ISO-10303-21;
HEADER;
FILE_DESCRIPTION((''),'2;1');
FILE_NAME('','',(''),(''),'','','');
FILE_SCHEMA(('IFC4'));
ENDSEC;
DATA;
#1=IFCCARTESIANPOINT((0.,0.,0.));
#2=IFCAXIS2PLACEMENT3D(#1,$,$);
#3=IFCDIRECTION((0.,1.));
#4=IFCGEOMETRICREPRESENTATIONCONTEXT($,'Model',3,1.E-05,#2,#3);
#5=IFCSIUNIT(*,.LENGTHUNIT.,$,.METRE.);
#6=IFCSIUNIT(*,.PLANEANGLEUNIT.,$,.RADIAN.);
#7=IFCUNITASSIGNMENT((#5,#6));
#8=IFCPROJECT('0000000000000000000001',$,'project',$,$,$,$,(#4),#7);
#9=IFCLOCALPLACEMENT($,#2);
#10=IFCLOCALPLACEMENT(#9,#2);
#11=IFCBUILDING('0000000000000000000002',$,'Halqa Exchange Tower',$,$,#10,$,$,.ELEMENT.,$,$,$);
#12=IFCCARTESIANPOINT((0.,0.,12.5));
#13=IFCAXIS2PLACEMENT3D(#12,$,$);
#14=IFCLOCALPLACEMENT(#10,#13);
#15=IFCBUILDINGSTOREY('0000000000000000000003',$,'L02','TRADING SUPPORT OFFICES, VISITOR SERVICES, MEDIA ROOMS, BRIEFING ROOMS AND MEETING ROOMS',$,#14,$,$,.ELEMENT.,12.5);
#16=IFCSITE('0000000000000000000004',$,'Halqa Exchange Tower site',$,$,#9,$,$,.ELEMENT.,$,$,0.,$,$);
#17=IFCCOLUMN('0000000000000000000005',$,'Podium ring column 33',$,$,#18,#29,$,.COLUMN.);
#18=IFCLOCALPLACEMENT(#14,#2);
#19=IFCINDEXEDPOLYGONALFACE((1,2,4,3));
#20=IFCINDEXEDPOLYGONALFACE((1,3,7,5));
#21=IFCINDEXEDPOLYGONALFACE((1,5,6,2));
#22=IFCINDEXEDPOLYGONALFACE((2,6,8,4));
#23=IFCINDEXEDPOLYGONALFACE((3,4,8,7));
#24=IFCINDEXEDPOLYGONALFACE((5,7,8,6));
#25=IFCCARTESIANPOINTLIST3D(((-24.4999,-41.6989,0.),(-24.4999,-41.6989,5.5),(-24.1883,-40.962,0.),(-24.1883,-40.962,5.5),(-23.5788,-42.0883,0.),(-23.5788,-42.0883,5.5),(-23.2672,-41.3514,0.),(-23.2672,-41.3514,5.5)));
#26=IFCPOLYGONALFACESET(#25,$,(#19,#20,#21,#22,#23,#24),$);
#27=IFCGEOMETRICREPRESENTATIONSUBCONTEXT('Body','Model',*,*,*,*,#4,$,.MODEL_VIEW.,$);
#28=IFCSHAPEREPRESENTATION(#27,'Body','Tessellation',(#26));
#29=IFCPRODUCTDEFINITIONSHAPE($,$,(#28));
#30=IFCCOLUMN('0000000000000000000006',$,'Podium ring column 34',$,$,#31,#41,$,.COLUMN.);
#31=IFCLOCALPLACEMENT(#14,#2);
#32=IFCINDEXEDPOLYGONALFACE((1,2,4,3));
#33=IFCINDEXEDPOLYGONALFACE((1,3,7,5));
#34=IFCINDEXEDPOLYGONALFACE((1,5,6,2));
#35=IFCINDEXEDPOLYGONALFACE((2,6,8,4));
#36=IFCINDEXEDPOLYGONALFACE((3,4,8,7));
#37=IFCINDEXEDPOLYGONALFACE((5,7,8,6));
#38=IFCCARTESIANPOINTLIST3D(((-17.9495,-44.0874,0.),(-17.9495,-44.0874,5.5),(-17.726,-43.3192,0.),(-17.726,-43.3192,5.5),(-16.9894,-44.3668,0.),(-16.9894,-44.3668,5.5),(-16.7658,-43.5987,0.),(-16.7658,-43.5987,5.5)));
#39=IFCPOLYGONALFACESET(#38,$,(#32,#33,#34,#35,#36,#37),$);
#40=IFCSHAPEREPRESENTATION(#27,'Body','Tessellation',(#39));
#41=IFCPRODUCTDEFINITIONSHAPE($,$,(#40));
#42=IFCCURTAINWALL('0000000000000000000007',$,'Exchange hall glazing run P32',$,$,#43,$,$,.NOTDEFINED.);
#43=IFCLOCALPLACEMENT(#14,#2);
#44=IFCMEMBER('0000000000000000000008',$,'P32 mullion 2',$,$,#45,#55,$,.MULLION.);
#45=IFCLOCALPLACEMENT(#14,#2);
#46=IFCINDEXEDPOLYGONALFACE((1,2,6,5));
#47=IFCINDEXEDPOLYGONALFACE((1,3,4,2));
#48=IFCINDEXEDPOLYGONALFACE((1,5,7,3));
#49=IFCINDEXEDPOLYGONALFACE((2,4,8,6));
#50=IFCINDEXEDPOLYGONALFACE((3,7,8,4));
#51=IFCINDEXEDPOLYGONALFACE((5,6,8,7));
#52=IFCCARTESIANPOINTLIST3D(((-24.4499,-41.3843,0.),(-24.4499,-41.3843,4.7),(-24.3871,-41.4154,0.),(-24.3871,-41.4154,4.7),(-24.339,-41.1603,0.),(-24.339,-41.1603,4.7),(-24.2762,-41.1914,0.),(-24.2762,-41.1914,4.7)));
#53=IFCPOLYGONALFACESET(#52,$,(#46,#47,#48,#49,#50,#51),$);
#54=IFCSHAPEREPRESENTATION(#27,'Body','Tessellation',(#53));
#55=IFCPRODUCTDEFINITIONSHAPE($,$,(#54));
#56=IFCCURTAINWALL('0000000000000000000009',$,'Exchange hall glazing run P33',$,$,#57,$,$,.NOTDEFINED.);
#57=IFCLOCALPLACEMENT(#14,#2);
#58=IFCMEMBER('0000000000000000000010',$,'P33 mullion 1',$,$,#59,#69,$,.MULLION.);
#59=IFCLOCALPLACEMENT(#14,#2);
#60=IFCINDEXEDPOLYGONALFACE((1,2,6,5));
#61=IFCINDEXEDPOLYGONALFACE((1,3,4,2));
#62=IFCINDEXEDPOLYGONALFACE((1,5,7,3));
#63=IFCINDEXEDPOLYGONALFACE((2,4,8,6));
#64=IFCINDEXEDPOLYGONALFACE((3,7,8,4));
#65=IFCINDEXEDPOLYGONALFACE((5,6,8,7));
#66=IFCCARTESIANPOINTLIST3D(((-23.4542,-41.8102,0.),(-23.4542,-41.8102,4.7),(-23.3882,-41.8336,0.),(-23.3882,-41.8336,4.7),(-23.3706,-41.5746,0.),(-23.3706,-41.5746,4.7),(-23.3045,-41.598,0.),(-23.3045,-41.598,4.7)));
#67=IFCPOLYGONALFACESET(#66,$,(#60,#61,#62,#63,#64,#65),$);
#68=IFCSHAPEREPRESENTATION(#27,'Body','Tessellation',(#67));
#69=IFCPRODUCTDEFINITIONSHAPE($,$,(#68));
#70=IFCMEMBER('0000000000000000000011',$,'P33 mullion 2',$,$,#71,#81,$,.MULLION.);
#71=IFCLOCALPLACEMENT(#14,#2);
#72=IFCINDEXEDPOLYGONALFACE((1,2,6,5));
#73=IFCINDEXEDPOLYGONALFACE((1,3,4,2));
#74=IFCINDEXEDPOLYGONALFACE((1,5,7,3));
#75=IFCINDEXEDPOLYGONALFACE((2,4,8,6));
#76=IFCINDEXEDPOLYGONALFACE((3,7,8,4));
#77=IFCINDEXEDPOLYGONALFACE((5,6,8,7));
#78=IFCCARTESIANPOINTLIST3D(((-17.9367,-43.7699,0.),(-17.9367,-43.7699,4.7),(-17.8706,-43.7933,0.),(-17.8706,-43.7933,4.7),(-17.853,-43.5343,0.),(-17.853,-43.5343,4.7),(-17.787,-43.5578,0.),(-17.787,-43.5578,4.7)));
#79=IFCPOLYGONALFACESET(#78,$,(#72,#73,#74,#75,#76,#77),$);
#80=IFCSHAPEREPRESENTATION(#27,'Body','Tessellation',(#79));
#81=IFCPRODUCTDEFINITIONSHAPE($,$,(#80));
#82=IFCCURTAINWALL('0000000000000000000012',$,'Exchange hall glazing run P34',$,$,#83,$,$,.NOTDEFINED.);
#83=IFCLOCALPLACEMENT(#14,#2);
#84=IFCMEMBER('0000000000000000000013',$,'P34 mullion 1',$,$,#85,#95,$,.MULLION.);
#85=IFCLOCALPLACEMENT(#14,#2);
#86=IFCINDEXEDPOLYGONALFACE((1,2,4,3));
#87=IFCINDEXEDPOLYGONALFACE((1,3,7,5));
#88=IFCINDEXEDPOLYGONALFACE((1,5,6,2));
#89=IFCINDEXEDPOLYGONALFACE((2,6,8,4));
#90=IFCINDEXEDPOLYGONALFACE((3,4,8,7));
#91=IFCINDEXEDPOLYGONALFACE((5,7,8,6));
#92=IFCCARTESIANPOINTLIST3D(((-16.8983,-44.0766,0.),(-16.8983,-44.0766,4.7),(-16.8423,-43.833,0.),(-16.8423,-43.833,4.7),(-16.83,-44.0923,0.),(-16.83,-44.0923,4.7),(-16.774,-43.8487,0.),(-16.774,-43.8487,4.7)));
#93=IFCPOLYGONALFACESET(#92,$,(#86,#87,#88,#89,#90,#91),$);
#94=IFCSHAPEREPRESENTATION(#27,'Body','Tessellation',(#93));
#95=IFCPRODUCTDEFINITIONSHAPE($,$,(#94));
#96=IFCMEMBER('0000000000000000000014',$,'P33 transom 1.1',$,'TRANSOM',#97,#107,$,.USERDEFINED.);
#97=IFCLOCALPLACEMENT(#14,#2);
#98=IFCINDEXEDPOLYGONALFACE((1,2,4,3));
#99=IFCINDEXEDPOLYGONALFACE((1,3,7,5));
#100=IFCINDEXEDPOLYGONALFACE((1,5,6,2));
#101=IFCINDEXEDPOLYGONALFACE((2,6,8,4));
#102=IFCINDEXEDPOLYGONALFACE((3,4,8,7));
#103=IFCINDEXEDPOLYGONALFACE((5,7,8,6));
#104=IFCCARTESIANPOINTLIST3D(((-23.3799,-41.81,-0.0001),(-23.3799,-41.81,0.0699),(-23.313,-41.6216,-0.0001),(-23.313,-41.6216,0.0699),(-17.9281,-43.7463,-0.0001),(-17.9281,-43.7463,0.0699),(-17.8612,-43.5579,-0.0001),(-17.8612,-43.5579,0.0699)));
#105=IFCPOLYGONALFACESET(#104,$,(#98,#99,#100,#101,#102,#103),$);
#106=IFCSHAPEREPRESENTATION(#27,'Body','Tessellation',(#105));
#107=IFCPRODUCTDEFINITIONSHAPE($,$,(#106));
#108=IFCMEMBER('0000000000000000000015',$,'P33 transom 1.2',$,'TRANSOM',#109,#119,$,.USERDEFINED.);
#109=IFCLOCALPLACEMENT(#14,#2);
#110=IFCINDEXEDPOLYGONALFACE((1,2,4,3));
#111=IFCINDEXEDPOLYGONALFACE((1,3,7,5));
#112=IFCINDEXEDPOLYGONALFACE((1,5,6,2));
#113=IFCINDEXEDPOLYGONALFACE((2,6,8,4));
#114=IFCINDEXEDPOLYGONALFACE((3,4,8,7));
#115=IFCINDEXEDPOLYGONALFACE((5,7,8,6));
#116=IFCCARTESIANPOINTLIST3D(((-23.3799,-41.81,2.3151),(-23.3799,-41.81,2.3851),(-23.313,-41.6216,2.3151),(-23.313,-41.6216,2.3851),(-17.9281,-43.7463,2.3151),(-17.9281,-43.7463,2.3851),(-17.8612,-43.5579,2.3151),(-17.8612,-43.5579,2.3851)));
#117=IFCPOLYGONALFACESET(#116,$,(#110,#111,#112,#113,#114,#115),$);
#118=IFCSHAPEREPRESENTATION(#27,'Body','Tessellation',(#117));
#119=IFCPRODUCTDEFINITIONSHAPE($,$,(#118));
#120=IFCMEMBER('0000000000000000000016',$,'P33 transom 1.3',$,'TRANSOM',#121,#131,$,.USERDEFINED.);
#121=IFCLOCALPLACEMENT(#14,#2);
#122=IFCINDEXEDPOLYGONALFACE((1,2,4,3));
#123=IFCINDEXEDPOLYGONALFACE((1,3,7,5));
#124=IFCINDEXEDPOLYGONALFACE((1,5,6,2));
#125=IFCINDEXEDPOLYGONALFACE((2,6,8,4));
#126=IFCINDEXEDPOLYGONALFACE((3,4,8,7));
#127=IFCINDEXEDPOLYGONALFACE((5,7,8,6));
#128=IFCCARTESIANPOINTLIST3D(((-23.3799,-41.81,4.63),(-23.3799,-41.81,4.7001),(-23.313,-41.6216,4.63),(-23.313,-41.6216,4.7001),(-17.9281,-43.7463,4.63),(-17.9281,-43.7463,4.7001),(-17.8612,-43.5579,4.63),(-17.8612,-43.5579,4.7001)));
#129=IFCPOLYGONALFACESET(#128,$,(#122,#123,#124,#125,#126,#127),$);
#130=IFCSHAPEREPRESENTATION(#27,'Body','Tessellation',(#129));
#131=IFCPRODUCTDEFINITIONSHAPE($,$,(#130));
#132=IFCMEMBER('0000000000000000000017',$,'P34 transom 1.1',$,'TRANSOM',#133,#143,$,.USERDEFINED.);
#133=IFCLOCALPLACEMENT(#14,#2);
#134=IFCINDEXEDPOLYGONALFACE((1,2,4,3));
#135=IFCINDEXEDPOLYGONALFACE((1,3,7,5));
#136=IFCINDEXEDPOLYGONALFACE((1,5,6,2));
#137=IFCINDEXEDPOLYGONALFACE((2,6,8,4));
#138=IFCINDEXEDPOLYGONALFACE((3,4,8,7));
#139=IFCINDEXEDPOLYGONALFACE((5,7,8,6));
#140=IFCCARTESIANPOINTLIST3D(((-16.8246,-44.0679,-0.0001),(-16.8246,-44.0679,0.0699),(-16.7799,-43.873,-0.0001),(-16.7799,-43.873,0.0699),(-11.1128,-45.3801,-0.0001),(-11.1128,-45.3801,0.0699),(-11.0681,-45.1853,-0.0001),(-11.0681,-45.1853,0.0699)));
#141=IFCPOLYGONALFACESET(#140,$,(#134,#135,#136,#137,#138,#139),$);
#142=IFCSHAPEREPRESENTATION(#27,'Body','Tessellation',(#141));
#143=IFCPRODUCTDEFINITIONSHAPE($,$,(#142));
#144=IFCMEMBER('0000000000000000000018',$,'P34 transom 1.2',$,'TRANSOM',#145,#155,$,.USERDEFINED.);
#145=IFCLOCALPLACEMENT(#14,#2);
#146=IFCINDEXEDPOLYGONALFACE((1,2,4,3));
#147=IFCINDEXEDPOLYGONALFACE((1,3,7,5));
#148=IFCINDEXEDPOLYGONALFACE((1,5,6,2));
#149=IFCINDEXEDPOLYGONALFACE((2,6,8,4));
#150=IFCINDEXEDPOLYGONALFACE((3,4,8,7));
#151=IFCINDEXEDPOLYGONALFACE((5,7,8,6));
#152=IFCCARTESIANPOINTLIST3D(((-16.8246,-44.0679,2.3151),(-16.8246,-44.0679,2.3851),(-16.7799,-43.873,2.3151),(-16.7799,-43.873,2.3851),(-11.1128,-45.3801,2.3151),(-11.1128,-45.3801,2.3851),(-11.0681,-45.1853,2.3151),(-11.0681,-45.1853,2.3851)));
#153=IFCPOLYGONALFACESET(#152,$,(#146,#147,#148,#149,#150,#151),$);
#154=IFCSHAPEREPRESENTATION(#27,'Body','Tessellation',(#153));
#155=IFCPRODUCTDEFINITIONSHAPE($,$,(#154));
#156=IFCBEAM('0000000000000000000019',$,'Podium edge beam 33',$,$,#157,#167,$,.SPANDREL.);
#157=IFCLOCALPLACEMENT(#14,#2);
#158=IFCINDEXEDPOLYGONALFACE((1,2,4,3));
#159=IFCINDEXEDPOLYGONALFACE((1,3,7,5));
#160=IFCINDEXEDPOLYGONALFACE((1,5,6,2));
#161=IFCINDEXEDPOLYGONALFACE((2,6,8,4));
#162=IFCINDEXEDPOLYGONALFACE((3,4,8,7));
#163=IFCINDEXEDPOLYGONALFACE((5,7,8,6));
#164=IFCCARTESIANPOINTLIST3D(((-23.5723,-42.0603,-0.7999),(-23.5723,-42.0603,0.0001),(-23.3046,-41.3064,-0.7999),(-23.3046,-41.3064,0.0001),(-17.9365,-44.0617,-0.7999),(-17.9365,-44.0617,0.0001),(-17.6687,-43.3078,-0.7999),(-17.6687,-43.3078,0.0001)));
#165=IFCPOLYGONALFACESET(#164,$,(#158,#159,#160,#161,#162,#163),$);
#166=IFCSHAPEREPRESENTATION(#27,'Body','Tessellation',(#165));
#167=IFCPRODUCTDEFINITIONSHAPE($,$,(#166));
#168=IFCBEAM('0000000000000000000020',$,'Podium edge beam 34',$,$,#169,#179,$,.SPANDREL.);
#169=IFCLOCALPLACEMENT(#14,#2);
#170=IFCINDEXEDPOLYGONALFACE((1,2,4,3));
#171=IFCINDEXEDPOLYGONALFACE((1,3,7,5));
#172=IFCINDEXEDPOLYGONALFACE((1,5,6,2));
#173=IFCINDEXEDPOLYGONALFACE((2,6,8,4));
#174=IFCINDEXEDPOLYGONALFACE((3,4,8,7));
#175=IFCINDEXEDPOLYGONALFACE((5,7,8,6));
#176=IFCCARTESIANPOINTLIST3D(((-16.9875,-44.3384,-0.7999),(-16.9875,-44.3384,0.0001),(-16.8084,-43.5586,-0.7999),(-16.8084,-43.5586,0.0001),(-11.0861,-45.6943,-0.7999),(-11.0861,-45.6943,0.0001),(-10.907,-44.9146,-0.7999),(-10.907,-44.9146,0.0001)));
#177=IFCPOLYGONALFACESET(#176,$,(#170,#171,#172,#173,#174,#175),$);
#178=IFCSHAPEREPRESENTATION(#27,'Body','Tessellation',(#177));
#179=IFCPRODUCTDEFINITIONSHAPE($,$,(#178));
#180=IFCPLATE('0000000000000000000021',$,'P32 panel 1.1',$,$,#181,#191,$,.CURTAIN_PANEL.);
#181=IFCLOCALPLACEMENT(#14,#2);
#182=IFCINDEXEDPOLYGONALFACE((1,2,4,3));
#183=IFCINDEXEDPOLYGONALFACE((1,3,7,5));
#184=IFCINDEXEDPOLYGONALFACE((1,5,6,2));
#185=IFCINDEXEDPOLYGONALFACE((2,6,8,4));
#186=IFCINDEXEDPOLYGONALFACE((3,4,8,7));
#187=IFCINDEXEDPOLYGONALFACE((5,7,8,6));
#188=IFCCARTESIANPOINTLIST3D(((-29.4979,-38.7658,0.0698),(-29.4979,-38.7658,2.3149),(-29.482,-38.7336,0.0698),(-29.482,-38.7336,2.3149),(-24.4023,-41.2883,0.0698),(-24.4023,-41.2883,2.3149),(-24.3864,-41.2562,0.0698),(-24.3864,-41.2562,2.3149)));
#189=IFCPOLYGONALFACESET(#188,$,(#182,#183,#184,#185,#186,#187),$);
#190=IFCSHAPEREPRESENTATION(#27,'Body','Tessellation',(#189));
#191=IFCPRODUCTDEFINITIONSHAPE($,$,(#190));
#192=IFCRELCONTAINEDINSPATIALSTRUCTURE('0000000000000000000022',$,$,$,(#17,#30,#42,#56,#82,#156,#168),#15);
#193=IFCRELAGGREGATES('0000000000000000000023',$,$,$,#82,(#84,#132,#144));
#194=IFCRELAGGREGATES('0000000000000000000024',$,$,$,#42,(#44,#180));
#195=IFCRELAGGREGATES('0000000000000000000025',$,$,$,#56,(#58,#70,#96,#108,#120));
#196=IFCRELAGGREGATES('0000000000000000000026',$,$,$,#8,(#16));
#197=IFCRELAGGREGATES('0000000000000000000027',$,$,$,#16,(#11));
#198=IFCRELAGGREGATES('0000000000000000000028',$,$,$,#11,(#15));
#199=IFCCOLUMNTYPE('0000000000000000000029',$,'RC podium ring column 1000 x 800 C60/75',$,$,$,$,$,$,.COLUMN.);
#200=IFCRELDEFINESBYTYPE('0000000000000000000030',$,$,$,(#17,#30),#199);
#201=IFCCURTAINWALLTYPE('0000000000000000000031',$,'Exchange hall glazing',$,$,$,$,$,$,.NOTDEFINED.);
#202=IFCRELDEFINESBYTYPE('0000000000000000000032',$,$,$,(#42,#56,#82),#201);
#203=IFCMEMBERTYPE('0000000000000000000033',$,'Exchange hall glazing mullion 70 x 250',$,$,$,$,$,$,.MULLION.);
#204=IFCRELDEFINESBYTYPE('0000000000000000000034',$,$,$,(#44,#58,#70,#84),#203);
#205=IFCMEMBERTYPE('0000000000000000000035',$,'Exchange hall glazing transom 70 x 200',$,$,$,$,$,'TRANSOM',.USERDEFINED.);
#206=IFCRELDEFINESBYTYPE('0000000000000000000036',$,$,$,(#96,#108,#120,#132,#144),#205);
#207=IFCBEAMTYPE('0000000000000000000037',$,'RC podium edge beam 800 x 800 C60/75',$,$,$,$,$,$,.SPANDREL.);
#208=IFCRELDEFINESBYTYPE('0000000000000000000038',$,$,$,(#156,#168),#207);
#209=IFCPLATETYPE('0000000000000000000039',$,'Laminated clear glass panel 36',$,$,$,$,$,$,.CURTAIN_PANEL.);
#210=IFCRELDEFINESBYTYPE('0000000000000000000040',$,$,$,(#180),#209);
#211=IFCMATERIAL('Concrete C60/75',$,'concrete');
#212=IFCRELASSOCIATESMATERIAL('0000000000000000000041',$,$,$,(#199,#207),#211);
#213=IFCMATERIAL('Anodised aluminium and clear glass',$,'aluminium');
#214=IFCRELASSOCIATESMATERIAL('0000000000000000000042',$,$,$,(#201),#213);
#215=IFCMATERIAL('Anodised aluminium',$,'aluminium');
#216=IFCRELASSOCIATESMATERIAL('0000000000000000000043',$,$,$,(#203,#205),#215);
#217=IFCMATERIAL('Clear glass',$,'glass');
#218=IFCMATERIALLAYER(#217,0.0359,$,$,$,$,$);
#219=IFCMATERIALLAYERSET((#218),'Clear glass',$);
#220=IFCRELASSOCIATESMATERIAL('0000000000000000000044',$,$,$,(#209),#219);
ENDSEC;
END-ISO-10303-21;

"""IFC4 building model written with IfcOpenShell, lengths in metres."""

from ifc_helpers import new_model, si_unit, direction, frame, origin, origin_2d, place, context, subcontext, project, spatial, rectangle, extrude, material, layer, layer_set, material_profile, profile_set, type_object, element, aggregate, save


model = new_model("IFC4")

# Units and contexts
model_context = context("Model", 3, precision=1e-05, world=origin(), true_north=direction((0.0, 1.0)))
body_context = subcontext(model_context, "Body", "Model", "MODEL_VIEW")
ifc_project = project(units=[si_unit("LENGTHUNIT", "METRE"), si_unit("PLANEANGLEUNIT", "RADIAN")], contexts=[model_context])

# Site, building, storey
site_placement = place(None, origin())
site = spatial("IfcSite", under=ifc_project, at=site_placement, Name="Halqa Exchange Tower site", CompositionType="ELEMENT", RefElevation=0.0)
building_placement = place(site_placement, origin())
building = spatial("IfcBuilding", under=site, at=building_placement, Name="Halqa Exchange Tower", CompositionType="ELEMENT")
storey_placement = place(building_placement, frame((0.0, 0.0, 12.5)))
storey = spatial("IfcBuildingStorey", under=building, at=storey_placement, Name="L02", Description="TRADING SUPPORT OFFICES, VISITOR SERVICES, MEDIA ROOMS, BRIEFING ROOMS AND MEETING ROOMS", CompositionType="ELEMENT", Elevation=12.5)

# Columns
ifc_material_1 = material(Name="Concrete C60/75", Category="concrete")
ifc_material_profile_1 = material_profile(ifc_material_1, rectangle(XDim=1.0, YDim=0.8, at=origin_2d()), Name="1000 x 800")
ifc_profile_set_1 = profile_set([ifc_material_profile_1], Name="Concrete C60/75")
column_type = type_object("IfcColumnType", Name="RC podium ring column 1000 x 800 C60/75", PredefinedType="COLUMN", material=ifc_profile_set_1)
for number, where, z_axis, x_axis, name in (
    (1, (-23.8835, -41.5251, 0.0), (0.0, 0.0, 1.0), (0.921048, -0.389449, 0.0), "Podium ring column 33"),
    (2, (-17.3577, -43.843, 0.0), (0.0, 0.0, 1.0), (0.960158, -0.279459, 0.0), "Podium ring column 34"),
):
    element("IfcColumn", number, at=place(storey_placement, frame(where, z_axis=z_axis, x_axis=x_axis)), inside=storey, type_object=column_type, Name=name, PredefinedType="COLUMN", context=body_context, shape_type="SweptSolid", body=[
        extrude(rectangle(XDim=1.0, YDim=0.8, at=origin_2d()), origin(), (0.0, 0.0, 1.0), 5.5),
    ])

# Curtain wall, member
ifc_material_2 = material(Name="Anodised aluminium and clear glass", Category="aluminium")
curtain_wall_type = type_object("IfcCurtainWallType", Name="Exchange hall glazing", PredefinedType="NOTDEFINED", material=ifc_material_2)
curtain_wall_1_placement = place(storey_placement, origin())
curtain_wall_1 = element("IfcCurtainWall", 3, at=curtain_wall_1_placement, inside=storey, type_object=curtain_wall_type, Name="Exchange hall glazing run P32", PredefinedType="NOTDEFINED")
ifc_material_3 = material(Name="Anodised aluminium", Category="aluminium")
ifc_material_profile_2 = material_profile(ifc_material_3, rectangle(XDim=0.25, YDim=0.0701, at=origin_2d()), Name="AL 70x250")
ifc_profile_set_2 = profile_set([ifc_material_profile_2], Name="Anodised aluminium")
member_type_1 = type_object("IfcMemberType", Name="Exchange hall glazing mullion 70 x 250", PredefinedType="MULLION", material=ifc_profile_set_2)
member_1_placement = place(storey_placement, frame((-24.363, -41.2878, 0.0), z_axis=(0.0, 0.0, 1.0), x_axis=(0.443653, 0.896198, 0.0)))
member_1 = element("IfcMember", 4, at=member_1_placement, type_object=member_type_1, Name="P32 mullion 2", PredefinedType="MULLION", context=body_context, shape_type="SweptSolid", body=[
    extrude(rectangle(XDim=0.25, YDim=0.0701, at=origin_2d()), origin(), (0.0, 0.0, 1.0), 4.7),
])

# Curtain wall, members
curtain_wall_2_placement = place(storey_placement, origin())
curtain_wall_2 = element("IfcCurtainWall", 5, at=curtain_wall_2_placement, inside=storey, type_object=curtain_wall_type, Name="Exchange hall glazing run P33", PredefinedType="NOTDEFINED")
member_2_placement = place(storey_placement, frame((-23.3794, -41.7041, 0.0), z_axis=(0.0, 0.0, 1.0), x_axis=(0.334688, 0.942329, 0.0)))
member_2 = element("IfcMember", 6, at=member_2_placement, type_object=member_type_1, Name="P33 mullion 1", PredefinedType="MULLION", context=body_context, shape_type="SweptSolid", body=[
    extrude(rectangle(XDim=0.25, YDim=0.0701, at=origin_2d()), origin(), (0.0, 0.0, 1.0), 4.7),
])
member_3_placement = place(storey_placement, frame((-17.8618, -43.6638, 0.0), z_axis=(0.0, 0.0, 1.0), x_axis=(0.334688, 0.942329, 0.0)))
member_3 = element("IfcMember", 7, at=member_3_placement, type_object=member_type_1, Name="P33 mullion 2", PredefinedType="MULLION", context=body_context, shape_type="SweptSolid", body=[
    extrude(rectangle(XDim=0.25, YDim=0.0701, at=origin_2d()), origin(), (0.0, 0.0, 1.0), 4.7),
])

# Curtain wall, member
curtain_wall_3_placement = place(storey_placement, origin())
curtain_wall_3 = element("IfcCurtainWall", 8, at=curtain_wall_3_placement, inside=storey, type_object=curtain_wall_type, Name="Exchange hall glazing run P34", PredefinedType="NOTDEFINED")
member_4_placement = place(storey_placement, frame((-16.8362, -43.9626, 0.0), z_axis=(0.0, 0.0, 1.0), x_axis=(0.223897, 0.974613, 0.0)))
member_4 = element("IfcMember", 9, at=member_4_placement, type_object=member_type_1, Name="P34 mullion 1", PredefinedType="MULLION", context=body_context, shape_type="SweptSolid", body=[
    extrude(rectangle(XDim=0.25, YDim=0.0701, at=origin_2d()), origin(), (0.0, 0.0, 1.0), 4.7),
])

# Members
ifc_material_profile_3 = material_profile(ifc_material_3, rectangle(XDim=0.2, YDim=0.0701, at=origin_2d()), Name="AL 70x200")
ifc_profile_set_3 = profile_set([ifc_material_profile_3], Name="Anodised aluminium")
member_type_2 = type_object("IfcMemberType", Name="Exchange hall glazing transom 70 x 200", ElementType="TRANSOM", PredefinedType="USERDEFINED", material=ifc_profile_set_3)
member_5_placement = place(storey_placement, frame((-23.3464, -41.7158, 0.0349), z_axis=(0.942329, -0.334689, 0.0), x_axis=(0.334689, 0.942329, 0.0)))
member_5 = element("IfcMember", 10, at=member_5_placement, type_object=member_type_2, Name="P33 transom 1.1", ObjectType="TRANSOM", PredefinedType="USERDEFINED", context=body_context, shape_type="SweptSolid", body=[
    extrude(rectangle(XDim=0.2, YDim=0.0701, at=origin_2d()), origin(), (0.0, 0.0, 1.0), 5.7854),
])
member_6_placement = place(storey_placement, frame((-23.3464, -41.7158, 2.3501), z_axis=(0.942329, -0.334689, 0.0), x_axis=(0.334689, 0.942329, 0.0)))
member_6 = element("IfcMember", 11, at=member_6_placement, type_object=member_type_2, Name="P33 transom 1.2", ObjectType="TRANSOM", PredefinedType="USERDEFINED", context=body_context, shape_type="SweptSolid", body=[
    extrude(rectangle(XDim=0.2, YDim=0.0701, at=origin_2d()), origin(), (0.0, 0.0, 1.0), 5.7854),
])
member_7_placement = place(storey_placement, frame((-23.3464, -41.7158, 4.665), z_axis=(0.942329, -0.334689, 0.0), x_axis=(0.334689, 0.942329, 0.0)))
member_7 = element("IfcMember", 12, at=member_7_placement, type_object=member_type_2, Name="P33 transom 1.3", ObjectType="TRANSOM", PredefinedType="USERDEFINED", context=body_context, shape_type="SweptSolid", body=[
    extrude(rectangle(XDim=0.2, YDim=0.0701, at=origin_2d()), origin(), (0.0, 0.0, 1.0), 5.7854),
])
member_8_placement = place(storey_placement, frame((-16.8022, -43.9705, 0.0349), z_axis=(0.97461, -0.223907, 0.0), x_axis=(0.223907, 0.97461, 0.0)))
member_8 = element("IfcMember", 13, at=member_8_placement, type_object=member_type_2, Name="P34 transom 1.1", ObjectType="TRANSOM", PredefinedType="USERDEFINED", context=body_context, shape_type="SweptSolid", body=[
    extrude(rectangle(XDim=0.2, YDim=0.0701, at=origin_2d()), origin(), (0.0, 0.0, 1.0), 5.8606),
])
member_9_placement = place(storey_placement, frame((-16.8022, -43.9705, 2.3501), z_axis=(0.97461, -0.223907, 0.0), x_axis=(0.223907, 0.97461, 0.0)))
member_9 = element("IfcMember", 14, at=member_9_placement, type_object=member_type_2, Name="P34 transom 1.2", ObjectType="TRANSOM", PredefinedType="USERDEFINED", context=body_context, shape_type="SweptSolid", body=[
    extrude(rectangle(XDim=0.2, YDim=0.0701, at=origin_2d()), origin(), (0.0, 0.0, 1.0), 5.8606),
])
aggregate(curtain_wall_3, [member_4, member_8, member_9])

# Beams
ifc_material_profile_4 = material_profile(ifc_material_1, rectangle(XDim=0.8, YDim=0.8, at=origin_2d()), Name="800 x 800")
ifc_profile_set_4 = profile_set([ifc_material_profile_4], Name="Concrete C60/75")
beam_type = type_object("IfcBeamType", Name="RC podium edge beam 800 x 800 C60/75", PredefinedType="SPANDREL", material=ifc_profile_set_4)
beam_1_placement = place(storey_placement, frame((-23.4385, -41.6833, -0.3999), z_axis=(0.942343, -0.334647, 0.0), x_axis=(0.334647, 0.942343, 0.0)))
element("IfcBeam", 15, at=beam_1_placement, inside=storey, type_object=beam_type, Name="Podium edge beam 33", PredefinedType="SPANDREL", context=body_context, shape_type="SweptSolid", body=[
    extrude(rectangle(XDim=0.8, YDim=0.8, at=origin_2d()), origin(), (0.0, 0.0, 1.0), 5.9807),
])
beam_2_placement = place(storey_placement, frame((-16.8979, -43.9485, -0.3999), z_axis=(0.974604, -0.223935, 0.0), x_axis=(0.223935, 0.974604, 0.0)))
element("IfcBeam", 16, at=beam_2_placement, inside=storey, type_object=beam_type, Name="Podium edge beam 34", PredefinedType="SPANDREL", context=body_context, shape_type="SweptSolid", body=[
    extrude(rectangle(XDim=0.8, YDim=0.8, at=origin_2d()), origin(), (0.0, 0.0, 1.0), 6.0552),
])

# Plate
ifc_material_4 = material(Name="Clear glass", Category="glass")
ifc_layer_1 = layer(ifc_material_4, 0.0359)
ifc_layer_set_1 = layer_set([ifc_layer_1], Name="Clear glass")
plate_type = type_object("IfcPlateType", Name="Laminated clear glass panel 36", PredefinedType="CURTAIN_PANEL", material=ifc_layer_set_1)
plate_1_placement = place(storey_placement, frame((-26.9421, -40.011, 0.0698), z_axis=(0.0, 0.0, 1.0), x_axis=(0.896198, -0.443653, 0.0)))
plate_1 = element("IfcPlate", 17, at=plate_1_placement, type_object=plate_type, Name="P32 panel 1.1", PredefinedType="CURTAIN_PANEL", context=body_context, shape_type="SweptSolid", body=[
    extrude(rectangle(XDim=5.6858, YDim=0.0359, at=origin_2d()), origin(), (0.0, 0.0, 1.0), 2.2451),
])
aggregate(curtain_wall_1, [member_1, plate_1])
aggregate(curtain_wall_2, [member_2, member_3, member_5, member_6, member_7])

save(model, "model.ifc")
